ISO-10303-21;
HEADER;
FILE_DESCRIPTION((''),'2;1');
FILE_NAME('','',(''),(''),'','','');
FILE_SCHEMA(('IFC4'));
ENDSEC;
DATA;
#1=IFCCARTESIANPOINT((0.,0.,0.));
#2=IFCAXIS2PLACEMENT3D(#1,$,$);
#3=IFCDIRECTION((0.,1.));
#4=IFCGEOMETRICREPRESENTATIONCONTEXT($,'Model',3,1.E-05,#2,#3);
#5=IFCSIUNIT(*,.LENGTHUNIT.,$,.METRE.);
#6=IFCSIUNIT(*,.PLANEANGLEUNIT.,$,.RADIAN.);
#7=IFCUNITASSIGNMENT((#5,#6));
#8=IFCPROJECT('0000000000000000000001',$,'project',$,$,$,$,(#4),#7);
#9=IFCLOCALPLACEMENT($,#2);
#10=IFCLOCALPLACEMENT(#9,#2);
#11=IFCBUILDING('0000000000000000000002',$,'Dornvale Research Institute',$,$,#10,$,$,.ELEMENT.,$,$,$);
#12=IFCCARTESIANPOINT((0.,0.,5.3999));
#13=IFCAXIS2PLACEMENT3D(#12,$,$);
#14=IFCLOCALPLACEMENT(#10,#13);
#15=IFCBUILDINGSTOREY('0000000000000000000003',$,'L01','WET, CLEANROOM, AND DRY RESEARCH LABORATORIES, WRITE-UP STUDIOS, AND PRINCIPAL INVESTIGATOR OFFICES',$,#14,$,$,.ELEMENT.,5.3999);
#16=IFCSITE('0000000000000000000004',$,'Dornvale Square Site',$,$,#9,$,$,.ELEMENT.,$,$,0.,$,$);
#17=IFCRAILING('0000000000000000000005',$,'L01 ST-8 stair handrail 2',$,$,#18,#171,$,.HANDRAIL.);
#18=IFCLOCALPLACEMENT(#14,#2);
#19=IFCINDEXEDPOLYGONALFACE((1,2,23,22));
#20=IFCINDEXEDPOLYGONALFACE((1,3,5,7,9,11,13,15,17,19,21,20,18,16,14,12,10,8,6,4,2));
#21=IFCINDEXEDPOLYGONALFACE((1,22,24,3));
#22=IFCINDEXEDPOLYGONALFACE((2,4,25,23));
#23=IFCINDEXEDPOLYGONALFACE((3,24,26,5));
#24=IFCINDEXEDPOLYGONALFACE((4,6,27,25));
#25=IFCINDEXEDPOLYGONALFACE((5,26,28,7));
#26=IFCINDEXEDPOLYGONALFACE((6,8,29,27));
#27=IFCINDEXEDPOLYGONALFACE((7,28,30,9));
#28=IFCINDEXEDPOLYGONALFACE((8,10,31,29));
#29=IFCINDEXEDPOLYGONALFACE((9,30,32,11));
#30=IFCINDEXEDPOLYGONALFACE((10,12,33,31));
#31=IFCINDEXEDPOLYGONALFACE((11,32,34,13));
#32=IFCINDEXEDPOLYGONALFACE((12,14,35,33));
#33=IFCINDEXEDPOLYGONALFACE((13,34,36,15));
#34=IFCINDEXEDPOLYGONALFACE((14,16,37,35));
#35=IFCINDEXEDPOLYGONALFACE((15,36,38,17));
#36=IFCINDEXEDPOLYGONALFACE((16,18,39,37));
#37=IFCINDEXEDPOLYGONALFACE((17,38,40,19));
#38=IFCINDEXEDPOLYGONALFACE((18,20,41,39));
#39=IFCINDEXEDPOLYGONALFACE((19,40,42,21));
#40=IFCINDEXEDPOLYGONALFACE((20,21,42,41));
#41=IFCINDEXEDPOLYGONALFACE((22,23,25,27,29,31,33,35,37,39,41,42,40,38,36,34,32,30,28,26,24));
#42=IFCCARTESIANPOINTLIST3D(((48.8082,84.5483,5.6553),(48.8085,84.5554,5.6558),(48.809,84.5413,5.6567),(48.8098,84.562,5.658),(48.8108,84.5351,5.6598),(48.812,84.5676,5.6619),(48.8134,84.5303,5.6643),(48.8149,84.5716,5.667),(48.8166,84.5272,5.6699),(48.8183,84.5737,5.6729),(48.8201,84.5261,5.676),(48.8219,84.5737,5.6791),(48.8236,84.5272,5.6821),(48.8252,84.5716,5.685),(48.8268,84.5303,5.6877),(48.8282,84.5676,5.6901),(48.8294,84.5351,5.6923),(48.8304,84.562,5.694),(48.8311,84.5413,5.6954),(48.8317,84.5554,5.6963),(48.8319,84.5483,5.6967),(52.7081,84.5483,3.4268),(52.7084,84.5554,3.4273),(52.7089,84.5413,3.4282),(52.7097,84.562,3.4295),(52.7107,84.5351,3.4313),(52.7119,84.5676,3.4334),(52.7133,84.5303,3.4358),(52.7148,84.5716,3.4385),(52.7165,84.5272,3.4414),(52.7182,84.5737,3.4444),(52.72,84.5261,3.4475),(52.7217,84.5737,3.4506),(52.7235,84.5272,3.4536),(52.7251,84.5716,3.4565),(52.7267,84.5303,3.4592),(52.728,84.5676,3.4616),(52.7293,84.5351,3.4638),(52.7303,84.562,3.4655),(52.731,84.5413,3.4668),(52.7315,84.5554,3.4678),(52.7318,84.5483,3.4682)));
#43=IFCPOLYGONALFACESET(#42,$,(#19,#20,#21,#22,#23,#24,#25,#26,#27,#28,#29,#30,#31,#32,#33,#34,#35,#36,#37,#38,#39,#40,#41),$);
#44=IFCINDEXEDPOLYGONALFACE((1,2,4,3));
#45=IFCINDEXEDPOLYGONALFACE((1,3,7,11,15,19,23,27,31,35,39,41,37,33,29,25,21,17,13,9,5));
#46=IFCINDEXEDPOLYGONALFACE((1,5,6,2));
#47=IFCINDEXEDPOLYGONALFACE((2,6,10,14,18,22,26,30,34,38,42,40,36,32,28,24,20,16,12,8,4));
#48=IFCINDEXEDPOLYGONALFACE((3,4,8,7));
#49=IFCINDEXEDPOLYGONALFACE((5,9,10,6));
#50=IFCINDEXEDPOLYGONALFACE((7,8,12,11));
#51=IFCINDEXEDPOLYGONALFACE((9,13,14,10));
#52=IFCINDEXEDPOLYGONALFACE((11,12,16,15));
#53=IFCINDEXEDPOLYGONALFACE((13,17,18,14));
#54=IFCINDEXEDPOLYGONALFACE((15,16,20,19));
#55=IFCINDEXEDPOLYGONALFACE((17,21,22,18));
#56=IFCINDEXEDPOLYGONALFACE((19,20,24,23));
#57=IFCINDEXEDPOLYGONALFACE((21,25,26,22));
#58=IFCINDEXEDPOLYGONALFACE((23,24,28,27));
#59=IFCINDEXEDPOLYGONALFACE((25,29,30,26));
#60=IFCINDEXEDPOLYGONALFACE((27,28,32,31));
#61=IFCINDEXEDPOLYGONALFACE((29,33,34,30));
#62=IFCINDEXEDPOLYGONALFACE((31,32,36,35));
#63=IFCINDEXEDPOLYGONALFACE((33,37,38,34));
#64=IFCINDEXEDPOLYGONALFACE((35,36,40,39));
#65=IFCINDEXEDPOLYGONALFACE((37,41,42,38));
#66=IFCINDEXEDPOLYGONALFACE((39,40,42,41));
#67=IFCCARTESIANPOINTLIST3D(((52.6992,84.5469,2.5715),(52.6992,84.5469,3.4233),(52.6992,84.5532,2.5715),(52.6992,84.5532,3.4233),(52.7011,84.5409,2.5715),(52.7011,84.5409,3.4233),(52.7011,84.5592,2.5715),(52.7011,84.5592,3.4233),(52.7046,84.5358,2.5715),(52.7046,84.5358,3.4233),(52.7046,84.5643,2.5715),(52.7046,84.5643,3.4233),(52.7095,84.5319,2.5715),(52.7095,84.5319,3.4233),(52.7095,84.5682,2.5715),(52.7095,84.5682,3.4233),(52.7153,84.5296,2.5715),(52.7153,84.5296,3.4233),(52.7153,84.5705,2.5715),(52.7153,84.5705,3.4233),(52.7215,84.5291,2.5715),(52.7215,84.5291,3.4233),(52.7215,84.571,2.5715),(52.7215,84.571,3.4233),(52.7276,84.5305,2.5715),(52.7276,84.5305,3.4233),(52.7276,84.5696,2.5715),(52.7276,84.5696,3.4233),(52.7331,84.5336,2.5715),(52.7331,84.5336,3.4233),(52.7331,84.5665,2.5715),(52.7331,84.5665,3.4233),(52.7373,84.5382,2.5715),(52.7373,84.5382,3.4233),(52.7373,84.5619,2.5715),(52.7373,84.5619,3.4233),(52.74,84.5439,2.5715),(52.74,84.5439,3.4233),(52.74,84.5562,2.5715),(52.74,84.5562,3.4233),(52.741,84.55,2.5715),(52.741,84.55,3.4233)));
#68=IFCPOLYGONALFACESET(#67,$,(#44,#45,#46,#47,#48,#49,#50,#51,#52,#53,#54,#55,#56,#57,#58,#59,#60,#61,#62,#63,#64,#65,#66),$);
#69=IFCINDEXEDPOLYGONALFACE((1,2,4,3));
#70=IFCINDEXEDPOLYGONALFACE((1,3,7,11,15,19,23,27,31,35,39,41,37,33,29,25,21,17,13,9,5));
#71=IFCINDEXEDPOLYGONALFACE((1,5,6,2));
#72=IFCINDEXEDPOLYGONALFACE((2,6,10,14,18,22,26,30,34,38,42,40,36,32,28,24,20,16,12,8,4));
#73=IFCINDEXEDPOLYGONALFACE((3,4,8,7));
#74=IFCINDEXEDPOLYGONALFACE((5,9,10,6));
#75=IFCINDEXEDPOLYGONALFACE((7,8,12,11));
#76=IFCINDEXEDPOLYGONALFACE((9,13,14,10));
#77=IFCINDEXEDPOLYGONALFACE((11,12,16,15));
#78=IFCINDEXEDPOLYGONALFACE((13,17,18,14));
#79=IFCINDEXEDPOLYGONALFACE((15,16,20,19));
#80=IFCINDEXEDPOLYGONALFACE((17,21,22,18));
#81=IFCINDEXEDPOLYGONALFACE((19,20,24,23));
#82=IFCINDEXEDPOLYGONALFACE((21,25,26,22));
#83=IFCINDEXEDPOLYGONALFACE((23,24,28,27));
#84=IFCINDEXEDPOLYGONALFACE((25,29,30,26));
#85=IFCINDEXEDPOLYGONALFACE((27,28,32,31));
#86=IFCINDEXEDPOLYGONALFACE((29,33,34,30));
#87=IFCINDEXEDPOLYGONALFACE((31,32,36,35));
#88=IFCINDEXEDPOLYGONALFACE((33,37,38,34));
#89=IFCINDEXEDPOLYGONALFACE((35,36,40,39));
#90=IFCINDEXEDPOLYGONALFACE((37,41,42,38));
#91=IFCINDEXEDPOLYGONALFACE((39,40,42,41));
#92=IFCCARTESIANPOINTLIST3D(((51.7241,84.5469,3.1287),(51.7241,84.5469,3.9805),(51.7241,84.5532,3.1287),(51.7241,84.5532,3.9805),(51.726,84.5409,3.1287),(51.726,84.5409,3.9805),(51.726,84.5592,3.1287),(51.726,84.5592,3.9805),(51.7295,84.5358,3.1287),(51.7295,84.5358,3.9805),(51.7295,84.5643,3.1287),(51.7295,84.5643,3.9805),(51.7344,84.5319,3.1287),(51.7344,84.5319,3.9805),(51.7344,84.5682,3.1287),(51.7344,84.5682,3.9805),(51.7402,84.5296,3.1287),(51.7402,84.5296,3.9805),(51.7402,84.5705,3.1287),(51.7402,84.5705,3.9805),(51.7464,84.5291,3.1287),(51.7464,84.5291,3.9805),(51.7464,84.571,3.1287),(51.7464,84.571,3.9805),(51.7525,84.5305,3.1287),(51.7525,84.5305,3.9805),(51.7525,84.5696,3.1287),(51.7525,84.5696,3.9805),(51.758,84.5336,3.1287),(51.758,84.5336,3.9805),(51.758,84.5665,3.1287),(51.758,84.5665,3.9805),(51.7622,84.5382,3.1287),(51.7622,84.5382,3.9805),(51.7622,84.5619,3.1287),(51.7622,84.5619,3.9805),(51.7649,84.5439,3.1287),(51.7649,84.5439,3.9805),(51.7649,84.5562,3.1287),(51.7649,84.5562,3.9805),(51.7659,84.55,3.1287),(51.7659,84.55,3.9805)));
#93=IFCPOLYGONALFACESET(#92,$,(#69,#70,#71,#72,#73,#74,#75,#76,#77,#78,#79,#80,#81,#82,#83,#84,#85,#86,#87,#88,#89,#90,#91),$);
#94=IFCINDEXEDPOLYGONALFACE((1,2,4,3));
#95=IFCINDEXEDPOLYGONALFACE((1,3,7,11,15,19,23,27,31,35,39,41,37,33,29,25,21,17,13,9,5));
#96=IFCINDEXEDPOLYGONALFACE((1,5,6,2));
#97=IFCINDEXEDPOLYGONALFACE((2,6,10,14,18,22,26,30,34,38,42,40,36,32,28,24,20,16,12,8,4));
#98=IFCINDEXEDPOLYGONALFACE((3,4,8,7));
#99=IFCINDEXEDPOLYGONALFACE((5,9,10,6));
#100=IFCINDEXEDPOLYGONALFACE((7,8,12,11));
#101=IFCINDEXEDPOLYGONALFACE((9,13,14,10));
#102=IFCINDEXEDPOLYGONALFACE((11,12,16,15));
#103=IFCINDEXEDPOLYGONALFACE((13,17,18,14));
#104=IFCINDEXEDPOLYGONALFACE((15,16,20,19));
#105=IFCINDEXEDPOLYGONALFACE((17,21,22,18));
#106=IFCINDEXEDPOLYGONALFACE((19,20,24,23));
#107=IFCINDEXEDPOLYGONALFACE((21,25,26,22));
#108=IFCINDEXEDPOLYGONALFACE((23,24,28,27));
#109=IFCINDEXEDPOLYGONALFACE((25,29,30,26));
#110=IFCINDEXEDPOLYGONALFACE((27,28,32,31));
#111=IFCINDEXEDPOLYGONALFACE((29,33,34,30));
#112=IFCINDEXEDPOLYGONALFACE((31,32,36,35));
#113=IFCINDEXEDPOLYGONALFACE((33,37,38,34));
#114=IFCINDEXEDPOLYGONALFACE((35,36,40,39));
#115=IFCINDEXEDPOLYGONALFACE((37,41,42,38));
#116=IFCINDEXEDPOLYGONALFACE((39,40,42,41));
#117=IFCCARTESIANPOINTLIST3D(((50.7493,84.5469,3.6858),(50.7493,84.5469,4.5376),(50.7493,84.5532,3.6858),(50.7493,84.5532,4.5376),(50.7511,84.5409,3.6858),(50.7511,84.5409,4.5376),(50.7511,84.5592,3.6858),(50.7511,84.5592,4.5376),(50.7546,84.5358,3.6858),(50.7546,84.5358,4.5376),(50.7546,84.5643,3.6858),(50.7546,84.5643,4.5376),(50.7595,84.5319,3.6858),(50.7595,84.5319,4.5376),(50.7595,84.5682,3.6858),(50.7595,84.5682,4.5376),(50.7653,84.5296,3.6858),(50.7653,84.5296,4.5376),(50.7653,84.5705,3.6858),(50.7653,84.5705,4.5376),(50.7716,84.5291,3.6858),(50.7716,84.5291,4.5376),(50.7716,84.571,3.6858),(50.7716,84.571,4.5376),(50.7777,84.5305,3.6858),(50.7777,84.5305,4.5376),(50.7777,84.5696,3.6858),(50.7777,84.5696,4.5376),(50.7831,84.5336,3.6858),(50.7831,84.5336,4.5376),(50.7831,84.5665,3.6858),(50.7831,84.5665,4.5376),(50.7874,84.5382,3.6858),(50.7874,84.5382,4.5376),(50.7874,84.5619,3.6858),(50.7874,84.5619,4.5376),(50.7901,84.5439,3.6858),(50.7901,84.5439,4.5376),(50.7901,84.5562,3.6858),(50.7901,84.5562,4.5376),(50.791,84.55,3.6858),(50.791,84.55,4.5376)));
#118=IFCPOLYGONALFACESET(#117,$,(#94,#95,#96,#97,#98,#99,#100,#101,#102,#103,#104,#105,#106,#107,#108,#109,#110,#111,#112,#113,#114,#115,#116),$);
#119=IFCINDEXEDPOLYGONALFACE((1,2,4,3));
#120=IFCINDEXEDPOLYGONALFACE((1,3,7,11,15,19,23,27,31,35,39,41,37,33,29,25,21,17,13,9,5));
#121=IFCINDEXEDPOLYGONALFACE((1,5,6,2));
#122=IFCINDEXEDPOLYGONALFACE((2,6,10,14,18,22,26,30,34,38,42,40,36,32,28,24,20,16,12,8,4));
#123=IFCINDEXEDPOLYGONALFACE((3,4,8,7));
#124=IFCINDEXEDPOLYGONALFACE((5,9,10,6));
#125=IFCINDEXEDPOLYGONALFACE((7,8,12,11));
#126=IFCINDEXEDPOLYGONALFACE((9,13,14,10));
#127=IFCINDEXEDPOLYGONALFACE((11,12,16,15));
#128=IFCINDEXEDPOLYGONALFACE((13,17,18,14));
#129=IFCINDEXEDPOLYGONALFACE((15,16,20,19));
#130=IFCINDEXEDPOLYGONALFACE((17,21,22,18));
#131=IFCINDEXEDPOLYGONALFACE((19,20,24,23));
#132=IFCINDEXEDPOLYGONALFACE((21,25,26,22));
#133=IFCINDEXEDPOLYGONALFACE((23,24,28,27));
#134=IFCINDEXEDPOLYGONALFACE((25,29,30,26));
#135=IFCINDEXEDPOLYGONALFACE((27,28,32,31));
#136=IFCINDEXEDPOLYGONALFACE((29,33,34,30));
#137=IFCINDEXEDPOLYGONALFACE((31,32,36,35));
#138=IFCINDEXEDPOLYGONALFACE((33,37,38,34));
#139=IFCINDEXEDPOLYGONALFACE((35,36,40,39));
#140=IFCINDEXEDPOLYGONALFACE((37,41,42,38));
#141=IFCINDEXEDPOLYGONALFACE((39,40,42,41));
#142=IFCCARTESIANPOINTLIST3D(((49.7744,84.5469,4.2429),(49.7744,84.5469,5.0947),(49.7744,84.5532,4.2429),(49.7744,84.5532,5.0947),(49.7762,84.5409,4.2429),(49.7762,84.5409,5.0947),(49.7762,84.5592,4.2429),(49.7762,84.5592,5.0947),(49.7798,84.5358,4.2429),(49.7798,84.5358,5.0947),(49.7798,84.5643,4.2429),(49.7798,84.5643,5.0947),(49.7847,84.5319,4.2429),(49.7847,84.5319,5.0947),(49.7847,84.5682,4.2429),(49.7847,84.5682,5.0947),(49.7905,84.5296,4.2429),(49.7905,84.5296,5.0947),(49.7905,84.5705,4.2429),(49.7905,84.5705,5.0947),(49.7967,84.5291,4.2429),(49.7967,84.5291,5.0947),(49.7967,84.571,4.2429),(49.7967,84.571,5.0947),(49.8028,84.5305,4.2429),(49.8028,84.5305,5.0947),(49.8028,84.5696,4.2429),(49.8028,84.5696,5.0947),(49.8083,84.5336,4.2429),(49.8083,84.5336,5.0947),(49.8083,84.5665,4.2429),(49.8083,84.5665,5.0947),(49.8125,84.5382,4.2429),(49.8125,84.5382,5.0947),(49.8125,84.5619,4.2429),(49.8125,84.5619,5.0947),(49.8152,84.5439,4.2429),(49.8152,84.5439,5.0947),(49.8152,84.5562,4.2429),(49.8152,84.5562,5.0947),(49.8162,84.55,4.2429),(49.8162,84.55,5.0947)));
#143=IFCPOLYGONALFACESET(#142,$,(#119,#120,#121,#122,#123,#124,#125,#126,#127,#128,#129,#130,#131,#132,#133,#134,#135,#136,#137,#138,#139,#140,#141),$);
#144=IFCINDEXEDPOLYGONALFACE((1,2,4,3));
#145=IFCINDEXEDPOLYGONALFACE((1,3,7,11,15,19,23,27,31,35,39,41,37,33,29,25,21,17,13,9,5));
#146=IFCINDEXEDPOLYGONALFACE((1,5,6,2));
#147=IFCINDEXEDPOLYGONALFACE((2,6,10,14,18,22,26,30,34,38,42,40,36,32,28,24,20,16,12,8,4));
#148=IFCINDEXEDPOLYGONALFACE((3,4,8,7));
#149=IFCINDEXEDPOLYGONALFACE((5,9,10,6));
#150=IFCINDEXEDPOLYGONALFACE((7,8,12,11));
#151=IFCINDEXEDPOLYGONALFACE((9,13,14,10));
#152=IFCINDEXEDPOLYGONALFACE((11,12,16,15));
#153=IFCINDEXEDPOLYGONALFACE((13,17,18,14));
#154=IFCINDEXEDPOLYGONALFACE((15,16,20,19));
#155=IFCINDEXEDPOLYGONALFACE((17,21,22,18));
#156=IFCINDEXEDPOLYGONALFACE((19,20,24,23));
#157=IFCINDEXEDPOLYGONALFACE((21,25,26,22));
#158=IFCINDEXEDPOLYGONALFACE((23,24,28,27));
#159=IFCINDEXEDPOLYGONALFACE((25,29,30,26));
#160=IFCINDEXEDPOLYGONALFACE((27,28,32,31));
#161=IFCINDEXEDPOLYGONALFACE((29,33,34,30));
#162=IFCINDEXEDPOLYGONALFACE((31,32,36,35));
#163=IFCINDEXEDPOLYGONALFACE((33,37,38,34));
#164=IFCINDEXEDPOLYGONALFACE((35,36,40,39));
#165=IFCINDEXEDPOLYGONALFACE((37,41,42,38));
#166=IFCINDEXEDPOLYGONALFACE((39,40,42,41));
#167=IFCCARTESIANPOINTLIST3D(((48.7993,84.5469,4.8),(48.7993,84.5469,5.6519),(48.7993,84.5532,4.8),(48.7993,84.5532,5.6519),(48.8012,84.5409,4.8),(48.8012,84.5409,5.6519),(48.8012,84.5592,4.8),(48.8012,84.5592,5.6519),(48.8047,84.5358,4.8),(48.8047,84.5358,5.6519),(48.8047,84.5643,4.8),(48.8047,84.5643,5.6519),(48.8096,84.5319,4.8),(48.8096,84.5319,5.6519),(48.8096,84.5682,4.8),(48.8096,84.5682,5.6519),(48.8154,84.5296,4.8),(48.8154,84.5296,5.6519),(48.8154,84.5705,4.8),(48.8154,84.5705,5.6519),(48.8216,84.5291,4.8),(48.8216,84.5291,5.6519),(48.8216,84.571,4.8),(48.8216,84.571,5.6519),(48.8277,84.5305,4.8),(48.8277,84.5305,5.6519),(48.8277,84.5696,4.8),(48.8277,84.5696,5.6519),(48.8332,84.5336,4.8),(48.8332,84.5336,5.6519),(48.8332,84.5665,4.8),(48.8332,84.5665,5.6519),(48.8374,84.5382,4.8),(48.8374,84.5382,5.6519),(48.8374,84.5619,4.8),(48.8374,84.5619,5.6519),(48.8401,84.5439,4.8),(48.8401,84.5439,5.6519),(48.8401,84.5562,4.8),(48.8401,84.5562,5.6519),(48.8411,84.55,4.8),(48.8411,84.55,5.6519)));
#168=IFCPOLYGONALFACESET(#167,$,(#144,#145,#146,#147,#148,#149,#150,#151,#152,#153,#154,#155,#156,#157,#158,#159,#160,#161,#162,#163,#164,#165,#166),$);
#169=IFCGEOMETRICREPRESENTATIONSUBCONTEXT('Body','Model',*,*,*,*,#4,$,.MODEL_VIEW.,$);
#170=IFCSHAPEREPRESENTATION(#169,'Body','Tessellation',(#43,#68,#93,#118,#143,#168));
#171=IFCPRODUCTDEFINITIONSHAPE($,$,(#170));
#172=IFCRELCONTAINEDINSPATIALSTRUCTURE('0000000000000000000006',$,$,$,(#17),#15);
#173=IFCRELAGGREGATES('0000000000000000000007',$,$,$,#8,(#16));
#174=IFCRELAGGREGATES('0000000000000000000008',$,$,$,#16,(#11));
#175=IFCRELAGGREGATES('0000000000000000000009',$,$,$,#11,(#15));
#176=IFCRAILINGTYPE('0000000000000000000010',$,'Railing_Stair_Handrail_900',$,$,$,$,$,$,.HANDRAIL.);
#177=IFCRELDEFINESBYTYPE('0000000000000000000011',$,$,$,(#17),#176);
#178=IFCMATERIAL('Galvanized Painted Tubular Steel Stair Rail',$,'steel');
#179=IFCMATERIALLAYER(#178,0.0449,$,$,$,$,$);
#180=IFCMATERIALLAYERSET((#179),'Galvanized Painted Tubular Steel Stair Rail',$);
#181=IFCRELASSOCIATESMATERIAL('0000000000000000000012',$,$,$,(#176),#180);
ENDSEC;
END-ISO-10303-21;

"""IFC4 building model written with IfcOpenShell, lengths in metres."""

from ifc_helpers import new_model, si_unit, direction, frame, origin, origin_2d, place, context, subcontext, project, spatial, circle, extrude, material, layer, layer_set, type_object, element, save


model = new_model("IFC4")

# Units and contexts
model_context = context("Model", 3, precision=1e-05, world=origin(), true_north=direction((0.0, 1.0)))
body_context = subcontext(model_context, "Body", "Model", "MODEL_VIEW")
ifc_project = project(units=[si_unit("LENGTHUNIT", "METRE"), si_unit("PLANEANGLEUNIT", "RADIAN")], contexts=[model_context])

# Site, building, storey
site_placement = place(None, origin())
site = spatial("IfcSite", under=ifc_project, at=site_placement, Name="Dornvale Square Site", CompositionType="ELEMENT", RefElevation=0.0)
building_placement = place(site_placement, origin())
building = spatial("IfcBuilding", under=site, at=building_placement, Name="Dornvale Research Institute", CompositionType="ELEMENT")
storey_placement = place(building_placement, frame((0.0, 0.0, 5.3999)))
storey = spatial("IfcBuildingStorey", under=building, at=storey_placement, Name="L01", Description="WET, CLEANROOM, AND DRY RESEARCH LABORATORIES, WRITE-UP STUDIOS, AND PRINCIPAL INVESTIGATOR OFFICES", CompositionType="ELEMENT", Elevation=5.3999)

# Railing
ifc_material_1 = material(Name="Galvanized Painted Tubular Steel Stair Rail", Category="steel")
ifc_layer_1 = layer(ifc_material_1, 0.0449)
ifc_layer_set_1 = layer_set([ifc_layer_1], Name="Galvanized Painted Tubular Steel Stair Rail")
railing_type_1 = type_object("IfcRailingType", Name="Railing_Stair_Handrail_900", PredefinedType="HANDRAIL", material=ifc_layer_set_1)
railing_1_placement = place(storey_placement, frame((52.72, 84.55, 2.5715)))
element("IfcRailing", 1, at=railing_1_placement, inside=storey, type_object=railing_type_1, Name="L01 ST-8 stair handrail 2", PredefinedType="HANDRAIL", context=body_context, shape_type="SweptSolid", body=[
    extrude(circle(Radius=0.0239, at=origin_2d()), frame((0.0, 0.0, 0.876), z_axis=(-0.868243, 0.0, 0.496139), x_axis=(0.0, -1.0, 0.0)), (0.0, 0.0, 1.0), 4.4917),
    extrude(circle(Radius=0.021, at=origin_2d()), origin(), (0.0, 0.0, 1.0), 0.8518),
    extrude(circle(Radius=0.021, at=origin_2d()), frame((-0.9751, 0.0, 0.5571)), (0.0, 0.0, 1.0), 0.8518),
    extrude(circle(Radius=0.021, at=origin_2d()), frame((-1.95, 0.0, 1.1143)), (0.0, 0.0, 1.0), 0.8518),
    extrude(circle(Radius=0.021, at=origin_2d()), frame((-2.9248, 0.0, 1.6714)), (0.0, 0.0, 1.0), 0.8518),
    extrude(circle(Radius=0.021, at=origin_2d()), frame((-3.8999, 0.0, 2.2285)), (0.0, 0.0, 1.0), 0.8518),
])

save(model, "model.ifc")
